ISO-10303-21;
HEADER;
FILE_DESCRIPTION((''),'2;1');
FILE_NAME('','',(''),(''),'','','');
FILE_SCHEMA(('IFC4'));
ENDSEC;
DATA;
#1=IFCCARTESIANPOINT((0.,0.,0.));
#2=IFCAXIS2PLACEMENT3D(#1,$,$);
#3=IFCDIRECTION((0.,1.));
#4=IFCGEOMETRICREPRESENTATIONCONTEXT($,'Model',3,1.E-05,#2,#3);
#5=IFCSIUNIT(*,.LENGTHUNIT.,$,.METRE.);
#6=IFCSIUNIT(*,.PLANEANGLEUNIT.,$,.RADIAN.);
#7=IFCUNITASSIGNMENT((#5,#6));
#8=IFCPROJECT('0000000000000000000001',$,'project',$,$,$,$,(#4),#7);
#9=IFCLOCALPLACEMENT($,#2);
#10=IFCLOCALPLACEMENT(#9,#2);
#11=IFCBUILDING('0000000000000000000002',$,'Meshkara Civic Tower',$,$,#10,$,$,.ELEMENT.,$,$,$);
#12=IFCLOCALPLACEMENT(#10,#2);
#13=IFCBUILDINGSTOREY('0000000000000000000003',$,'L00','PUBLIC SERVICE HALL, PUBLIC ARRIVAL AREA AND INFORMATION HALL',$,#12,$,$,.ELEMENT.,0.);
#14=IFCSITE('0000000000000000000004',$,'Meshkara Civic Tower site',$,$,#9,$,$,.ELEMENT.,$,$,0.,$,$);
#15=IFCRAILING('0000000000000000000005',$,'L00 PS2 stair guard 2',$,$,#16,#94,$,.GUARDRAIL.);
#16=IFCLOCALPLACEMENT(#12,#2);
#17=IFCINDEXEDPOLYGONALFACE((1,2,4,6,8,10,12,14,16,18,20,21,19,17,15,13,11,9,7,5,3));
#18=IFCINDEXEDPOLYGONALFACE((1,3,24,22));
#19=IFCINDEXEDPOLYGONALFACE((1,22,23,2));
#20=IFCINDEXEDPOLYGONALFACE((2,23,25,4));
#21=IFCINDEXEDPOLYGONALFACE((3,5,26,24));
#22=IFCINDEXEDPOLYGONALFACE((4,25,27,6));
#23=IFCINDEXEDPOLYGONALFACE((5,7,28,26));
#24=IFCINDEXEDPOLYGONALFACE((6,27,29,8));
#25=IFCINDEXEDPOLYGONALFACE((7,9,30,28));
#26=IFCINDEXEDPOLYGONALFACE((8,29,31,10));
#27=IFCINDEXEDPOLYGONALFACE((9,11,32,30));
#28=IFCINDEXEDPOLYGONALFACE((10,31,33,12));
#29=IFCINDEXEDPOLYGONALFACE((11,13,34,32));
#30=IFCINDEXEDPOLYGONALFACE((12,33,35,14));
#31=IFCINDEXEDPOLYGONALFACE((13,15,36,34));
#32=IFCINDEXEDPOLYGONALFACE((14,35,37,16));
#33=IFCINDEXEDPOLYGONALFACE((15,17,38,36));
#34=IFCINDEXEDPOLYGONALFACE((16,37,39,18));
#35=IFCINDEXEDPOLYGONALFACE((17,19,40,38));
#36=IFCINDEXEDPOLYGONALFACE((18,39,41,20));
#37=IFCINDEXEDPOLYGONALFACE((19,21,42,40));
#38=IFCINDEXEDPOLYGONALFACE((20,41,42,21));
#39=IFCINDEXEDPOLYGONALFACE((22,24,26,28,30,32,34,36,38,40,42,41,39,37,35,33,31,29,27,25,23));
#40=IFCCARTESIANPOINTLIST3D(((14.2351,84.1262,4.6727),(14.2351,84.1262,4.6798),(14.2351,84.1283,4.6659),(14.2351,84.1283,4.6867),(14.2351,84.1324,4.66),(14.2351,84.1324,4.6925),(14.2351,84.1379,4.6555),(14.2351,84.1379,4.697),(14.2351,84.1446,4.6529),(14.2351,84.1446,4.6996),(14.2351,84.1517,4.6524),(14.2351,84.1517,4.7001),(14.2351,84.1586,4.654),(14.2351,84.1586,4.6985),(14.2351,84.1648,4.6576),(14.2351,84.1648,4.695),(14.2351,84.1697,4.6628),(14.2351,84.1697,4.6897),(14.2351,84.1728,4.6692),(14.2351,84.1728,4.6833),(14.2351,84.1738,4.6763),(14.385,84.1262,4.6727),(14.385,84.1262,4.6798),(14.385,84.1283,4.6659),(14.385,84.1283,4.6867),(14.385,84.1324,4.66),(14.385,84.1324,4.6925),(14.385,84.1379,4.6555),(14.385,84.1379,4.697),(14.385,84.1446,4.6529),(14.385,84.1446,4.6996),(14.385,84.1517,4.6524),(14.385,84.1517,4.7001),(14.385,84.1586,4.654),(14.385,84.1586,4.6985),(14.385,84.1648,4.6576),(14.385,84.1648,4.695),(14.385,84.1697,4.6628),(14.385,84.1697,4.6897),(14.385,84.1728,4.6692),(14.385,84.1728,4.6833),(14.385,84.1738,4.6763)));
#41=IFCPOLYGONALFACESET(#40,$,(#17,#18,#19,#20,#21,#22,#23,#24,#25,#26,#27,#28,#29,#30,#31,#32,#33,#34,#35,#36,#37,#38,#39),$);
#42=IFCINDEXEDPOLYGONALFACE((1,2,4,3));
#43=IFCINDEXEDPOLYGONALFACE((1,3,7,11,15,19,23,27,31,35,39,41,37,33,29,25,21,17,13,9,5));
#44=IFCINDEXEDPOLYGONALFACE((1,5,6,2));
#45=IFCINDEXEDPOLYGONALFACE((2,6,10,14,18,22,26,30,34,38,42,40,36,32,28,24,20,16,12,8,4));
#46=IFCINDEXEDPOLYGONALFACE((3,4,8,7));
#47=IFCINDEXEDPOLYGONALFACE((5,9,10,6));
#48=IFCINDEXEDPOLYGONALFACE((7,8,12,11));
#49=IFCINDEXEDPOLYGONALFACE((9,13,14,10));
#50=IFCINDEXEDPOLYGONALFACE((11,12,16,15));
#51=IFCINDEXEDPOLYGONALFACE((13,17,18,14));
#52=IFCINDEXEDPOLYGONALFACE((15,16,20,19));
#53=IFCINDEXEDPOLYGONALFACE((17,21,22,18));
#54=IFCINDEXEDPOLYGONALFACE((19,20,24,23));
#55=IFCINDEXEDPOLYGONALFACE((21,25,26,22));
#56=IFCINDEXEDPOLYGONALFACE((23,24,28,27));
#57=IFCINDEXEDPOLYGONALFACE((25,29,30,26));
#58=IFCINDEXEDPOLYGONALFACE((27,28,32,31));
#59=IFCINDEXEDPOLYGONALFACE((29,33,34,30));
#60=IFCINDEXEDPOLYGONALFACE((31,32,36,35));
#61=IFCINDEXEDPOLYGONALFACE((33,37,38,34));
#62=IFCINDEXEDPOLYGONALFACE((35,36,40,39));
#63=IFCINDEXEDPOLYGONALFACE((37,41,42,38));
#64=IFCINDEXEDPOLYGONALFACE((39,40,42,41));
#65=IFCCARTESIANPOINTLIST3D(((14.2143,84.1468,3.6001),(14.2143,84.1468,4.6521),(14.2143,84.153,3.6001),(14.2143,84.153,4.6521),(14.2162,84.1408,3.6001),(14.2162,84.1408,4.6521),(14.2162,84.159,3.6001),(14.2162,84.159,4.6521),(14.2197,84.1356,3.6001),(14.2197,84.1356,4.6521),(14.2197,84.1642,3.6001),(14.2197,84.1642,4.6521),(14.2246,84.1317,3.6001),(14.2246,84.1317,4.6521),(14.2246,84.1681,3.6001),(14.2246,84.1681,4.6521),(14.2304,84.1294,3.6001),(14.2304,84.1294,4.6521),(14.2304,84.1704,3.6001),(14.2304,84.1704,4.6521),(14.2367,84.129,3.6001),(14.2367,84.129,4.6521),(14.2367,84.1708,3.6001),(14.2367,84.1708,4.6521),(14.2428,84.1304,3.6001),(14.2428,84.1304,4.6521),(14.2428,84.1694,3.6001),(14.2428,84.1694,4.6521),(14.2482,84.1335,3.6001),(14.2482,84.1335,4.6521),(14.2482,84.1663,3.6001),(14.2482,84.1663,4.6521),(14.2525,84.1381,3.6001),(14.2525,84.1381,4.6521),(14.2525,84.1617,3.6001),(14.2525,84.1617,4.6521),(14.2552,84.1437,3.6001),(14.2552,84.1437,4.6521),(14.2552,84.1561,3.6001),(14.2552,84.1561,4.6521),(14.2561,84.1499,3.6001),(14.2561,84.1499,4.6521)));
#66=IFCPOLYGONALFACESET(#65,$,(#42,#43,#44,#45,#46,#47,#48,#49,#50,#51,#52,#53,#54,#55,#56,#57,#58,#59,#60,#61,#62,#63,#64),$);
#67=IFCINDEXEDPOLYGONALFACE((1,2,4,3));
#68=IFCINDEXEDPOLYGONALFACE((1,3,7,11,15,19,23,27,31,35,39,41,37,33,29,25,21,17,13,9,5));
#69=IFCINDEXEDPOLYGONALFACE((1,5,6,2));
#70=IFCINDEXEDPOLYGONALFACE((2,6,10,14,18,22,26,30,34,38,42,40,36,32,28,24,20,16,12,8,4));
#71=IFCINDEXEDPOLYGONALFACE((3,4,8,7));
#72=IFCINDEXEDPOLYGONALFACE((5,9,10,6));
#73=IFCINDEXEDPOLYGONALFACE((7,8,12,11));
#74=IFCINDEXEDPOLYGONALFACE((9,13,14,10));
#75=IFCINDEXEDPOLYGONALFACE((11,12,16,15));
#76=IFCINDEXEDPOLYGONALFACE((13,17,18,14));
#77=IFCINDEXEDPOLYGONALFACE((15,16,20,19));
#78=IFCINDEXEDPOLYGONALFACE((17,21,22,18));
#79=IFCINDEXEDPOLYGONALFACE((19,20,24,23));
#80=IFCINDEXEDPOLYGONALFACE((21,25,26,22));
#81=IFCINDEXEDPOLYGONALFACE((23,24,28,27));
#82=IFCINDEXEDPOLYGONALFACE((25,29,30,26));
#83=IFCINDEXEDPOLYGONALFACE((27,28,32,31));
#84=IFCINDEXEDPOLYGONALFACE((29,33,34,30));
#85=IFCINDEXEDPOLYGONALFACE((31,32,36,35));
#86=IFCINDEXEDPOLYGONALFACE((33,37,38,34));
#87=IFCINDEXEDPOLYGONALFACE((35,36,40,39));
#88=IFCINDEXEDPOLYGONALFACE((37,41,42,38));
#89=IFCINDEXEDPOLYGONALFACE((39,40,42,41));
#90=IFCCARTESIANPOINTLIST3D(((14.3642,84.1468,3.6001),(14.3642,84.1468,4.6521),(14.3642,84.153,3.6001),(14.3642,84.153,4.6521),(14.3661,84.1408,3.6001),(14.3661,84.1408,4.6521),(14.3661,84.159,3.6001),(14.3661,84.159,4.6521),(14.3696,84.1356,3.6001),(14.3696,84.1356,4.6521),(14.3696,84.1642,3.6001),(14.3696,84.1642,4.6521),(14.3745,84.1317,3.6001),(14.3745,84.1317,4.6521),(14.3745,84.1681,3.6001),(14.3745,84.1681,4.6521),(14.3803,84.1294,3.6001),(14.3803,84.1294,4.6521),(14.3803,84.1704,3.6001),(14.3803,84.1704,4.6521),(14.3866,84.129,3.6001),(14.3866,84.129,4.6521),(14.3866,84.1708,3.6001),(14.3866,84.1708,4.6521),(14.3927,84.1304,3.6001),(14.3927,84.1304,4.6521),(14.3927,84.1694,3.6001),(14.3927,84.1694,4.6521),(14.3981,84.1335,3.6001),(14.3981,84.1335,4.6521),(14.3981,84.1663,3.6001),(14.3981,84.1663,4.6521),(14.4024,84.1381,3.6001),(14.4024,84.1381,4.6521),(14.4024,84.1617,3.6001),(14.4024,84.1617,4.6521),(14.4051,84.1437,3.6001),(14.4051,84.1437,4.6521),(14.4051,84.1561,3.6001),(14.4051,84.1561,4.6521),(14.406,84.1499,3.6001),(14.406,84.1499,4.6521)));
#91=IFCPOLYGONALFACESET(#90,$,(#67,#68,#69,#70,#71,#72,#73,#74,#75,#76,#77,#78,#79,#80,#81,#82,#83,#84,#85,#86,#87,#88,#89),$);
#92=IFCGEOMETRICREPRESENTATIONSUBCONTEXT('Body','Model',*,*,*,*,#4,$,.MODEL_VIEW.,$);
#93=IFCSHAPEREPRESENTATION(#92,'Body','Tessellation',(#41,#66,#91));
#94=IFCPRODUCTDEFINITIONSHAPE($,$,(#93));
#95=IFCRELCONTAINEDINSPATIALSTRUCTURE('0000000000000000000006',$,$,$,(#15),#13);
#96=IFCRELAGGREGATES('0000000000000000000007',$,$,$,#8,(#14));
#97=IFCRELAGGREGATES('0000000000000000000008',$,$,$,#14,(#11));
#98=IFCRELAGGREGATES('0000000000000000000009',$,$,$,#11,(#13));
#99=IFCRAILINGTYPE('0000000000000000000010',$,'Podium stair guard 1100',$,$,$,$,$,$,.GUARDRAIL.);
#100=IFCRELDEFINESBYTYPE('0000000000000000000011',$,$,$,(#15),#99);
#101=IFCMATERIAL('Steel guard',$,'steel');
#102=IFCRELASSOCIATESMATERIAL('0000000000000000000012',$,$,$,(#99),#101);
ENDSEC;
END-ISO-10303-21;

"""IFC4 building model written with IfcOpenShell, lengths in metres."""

from ifc_helpers import new_model, si_unit, direction, frame, origin, origin_2d, place, context, subcontext, project, spatial, circle, extrude, material, type_object, element, save


model = new_model("IFC4")

# Units and contexts
model_context = context("Model", 3, precision=1e-05, world=origin(), true_north=direction((0.0, 1.0)))
body_context = subcontext(model_context, "Body", "Model", "MODEL_VIEW")
ifc_project = project(units=[si_unit("LENGTHUNIT", "METRE"), si_unit("PLANEANGLEUNIT", "RADIAN")], contexts=[model_context])

# Site, building, storey
site_placement = place(None, origin())
site = spatial("IfcSite", under=ifc_project, at=site_placement, Name="Meshkara Civic Tower site", CompositionType="ELEMENT", RefElevation=0.0)
building_placement = place(site_placement, origin())
building = spatial("IfcBuilding", under=site, at=building_placement, Name="Meshkara Civic Tower", CompositionType="ELEMENT")
storey_placement = place(building_placement, origin())
storey = spatial("IfcBuildingStorey", under=building, at=storey_placement, Name="L00", Description="PUBLIC SERVICE HALL, PUBLIC ARRIVAL AREA AND INFORMATION HALL", CompositionType="ELEMENT", Elevation=0.0)

# Railing
ifc_material_1 = material(Name="Steel guard", Category="steel")
railing_type_1 = type_object("IfcRailingType", Name="Podium stair guard 1100", PredefinedType="GUARDRAIL", material=ifc_material_1)
railing_1_placement = place(storey_placement, frame((14.2351, 84.1499, 3.6001)))
element("IfcRailing", 1, at=railing_1_placement, inside=storey, type_object=railing_type_1, Name="L00 PS2 stair guard 2", PredefinedType="GUARDRAIL", context=body_context, shape_type="SweptSolid", body=[
    extrude(circle(Radius=0.0239, at=origin_2d()), frame((0.0, 0.0, 1.0762), z_axis=(1.0, 0.0, 0.0), x_axis=(0.0, 1.0, 0.0)), (0.0, 0.0, 1.0), 0.1499),
    extrude(circle(Radius=0.021, at=origin_2d()), origin(), (0.0, 0.0, 1.0), 1.052),
    extrude(circle(Radius=0.021, at=origin_2d()), frame((0.1499, 0.0, 0.0)), (0.0, 0.0, 1.0), 1.052),
])

save(model, "model.ifc")
